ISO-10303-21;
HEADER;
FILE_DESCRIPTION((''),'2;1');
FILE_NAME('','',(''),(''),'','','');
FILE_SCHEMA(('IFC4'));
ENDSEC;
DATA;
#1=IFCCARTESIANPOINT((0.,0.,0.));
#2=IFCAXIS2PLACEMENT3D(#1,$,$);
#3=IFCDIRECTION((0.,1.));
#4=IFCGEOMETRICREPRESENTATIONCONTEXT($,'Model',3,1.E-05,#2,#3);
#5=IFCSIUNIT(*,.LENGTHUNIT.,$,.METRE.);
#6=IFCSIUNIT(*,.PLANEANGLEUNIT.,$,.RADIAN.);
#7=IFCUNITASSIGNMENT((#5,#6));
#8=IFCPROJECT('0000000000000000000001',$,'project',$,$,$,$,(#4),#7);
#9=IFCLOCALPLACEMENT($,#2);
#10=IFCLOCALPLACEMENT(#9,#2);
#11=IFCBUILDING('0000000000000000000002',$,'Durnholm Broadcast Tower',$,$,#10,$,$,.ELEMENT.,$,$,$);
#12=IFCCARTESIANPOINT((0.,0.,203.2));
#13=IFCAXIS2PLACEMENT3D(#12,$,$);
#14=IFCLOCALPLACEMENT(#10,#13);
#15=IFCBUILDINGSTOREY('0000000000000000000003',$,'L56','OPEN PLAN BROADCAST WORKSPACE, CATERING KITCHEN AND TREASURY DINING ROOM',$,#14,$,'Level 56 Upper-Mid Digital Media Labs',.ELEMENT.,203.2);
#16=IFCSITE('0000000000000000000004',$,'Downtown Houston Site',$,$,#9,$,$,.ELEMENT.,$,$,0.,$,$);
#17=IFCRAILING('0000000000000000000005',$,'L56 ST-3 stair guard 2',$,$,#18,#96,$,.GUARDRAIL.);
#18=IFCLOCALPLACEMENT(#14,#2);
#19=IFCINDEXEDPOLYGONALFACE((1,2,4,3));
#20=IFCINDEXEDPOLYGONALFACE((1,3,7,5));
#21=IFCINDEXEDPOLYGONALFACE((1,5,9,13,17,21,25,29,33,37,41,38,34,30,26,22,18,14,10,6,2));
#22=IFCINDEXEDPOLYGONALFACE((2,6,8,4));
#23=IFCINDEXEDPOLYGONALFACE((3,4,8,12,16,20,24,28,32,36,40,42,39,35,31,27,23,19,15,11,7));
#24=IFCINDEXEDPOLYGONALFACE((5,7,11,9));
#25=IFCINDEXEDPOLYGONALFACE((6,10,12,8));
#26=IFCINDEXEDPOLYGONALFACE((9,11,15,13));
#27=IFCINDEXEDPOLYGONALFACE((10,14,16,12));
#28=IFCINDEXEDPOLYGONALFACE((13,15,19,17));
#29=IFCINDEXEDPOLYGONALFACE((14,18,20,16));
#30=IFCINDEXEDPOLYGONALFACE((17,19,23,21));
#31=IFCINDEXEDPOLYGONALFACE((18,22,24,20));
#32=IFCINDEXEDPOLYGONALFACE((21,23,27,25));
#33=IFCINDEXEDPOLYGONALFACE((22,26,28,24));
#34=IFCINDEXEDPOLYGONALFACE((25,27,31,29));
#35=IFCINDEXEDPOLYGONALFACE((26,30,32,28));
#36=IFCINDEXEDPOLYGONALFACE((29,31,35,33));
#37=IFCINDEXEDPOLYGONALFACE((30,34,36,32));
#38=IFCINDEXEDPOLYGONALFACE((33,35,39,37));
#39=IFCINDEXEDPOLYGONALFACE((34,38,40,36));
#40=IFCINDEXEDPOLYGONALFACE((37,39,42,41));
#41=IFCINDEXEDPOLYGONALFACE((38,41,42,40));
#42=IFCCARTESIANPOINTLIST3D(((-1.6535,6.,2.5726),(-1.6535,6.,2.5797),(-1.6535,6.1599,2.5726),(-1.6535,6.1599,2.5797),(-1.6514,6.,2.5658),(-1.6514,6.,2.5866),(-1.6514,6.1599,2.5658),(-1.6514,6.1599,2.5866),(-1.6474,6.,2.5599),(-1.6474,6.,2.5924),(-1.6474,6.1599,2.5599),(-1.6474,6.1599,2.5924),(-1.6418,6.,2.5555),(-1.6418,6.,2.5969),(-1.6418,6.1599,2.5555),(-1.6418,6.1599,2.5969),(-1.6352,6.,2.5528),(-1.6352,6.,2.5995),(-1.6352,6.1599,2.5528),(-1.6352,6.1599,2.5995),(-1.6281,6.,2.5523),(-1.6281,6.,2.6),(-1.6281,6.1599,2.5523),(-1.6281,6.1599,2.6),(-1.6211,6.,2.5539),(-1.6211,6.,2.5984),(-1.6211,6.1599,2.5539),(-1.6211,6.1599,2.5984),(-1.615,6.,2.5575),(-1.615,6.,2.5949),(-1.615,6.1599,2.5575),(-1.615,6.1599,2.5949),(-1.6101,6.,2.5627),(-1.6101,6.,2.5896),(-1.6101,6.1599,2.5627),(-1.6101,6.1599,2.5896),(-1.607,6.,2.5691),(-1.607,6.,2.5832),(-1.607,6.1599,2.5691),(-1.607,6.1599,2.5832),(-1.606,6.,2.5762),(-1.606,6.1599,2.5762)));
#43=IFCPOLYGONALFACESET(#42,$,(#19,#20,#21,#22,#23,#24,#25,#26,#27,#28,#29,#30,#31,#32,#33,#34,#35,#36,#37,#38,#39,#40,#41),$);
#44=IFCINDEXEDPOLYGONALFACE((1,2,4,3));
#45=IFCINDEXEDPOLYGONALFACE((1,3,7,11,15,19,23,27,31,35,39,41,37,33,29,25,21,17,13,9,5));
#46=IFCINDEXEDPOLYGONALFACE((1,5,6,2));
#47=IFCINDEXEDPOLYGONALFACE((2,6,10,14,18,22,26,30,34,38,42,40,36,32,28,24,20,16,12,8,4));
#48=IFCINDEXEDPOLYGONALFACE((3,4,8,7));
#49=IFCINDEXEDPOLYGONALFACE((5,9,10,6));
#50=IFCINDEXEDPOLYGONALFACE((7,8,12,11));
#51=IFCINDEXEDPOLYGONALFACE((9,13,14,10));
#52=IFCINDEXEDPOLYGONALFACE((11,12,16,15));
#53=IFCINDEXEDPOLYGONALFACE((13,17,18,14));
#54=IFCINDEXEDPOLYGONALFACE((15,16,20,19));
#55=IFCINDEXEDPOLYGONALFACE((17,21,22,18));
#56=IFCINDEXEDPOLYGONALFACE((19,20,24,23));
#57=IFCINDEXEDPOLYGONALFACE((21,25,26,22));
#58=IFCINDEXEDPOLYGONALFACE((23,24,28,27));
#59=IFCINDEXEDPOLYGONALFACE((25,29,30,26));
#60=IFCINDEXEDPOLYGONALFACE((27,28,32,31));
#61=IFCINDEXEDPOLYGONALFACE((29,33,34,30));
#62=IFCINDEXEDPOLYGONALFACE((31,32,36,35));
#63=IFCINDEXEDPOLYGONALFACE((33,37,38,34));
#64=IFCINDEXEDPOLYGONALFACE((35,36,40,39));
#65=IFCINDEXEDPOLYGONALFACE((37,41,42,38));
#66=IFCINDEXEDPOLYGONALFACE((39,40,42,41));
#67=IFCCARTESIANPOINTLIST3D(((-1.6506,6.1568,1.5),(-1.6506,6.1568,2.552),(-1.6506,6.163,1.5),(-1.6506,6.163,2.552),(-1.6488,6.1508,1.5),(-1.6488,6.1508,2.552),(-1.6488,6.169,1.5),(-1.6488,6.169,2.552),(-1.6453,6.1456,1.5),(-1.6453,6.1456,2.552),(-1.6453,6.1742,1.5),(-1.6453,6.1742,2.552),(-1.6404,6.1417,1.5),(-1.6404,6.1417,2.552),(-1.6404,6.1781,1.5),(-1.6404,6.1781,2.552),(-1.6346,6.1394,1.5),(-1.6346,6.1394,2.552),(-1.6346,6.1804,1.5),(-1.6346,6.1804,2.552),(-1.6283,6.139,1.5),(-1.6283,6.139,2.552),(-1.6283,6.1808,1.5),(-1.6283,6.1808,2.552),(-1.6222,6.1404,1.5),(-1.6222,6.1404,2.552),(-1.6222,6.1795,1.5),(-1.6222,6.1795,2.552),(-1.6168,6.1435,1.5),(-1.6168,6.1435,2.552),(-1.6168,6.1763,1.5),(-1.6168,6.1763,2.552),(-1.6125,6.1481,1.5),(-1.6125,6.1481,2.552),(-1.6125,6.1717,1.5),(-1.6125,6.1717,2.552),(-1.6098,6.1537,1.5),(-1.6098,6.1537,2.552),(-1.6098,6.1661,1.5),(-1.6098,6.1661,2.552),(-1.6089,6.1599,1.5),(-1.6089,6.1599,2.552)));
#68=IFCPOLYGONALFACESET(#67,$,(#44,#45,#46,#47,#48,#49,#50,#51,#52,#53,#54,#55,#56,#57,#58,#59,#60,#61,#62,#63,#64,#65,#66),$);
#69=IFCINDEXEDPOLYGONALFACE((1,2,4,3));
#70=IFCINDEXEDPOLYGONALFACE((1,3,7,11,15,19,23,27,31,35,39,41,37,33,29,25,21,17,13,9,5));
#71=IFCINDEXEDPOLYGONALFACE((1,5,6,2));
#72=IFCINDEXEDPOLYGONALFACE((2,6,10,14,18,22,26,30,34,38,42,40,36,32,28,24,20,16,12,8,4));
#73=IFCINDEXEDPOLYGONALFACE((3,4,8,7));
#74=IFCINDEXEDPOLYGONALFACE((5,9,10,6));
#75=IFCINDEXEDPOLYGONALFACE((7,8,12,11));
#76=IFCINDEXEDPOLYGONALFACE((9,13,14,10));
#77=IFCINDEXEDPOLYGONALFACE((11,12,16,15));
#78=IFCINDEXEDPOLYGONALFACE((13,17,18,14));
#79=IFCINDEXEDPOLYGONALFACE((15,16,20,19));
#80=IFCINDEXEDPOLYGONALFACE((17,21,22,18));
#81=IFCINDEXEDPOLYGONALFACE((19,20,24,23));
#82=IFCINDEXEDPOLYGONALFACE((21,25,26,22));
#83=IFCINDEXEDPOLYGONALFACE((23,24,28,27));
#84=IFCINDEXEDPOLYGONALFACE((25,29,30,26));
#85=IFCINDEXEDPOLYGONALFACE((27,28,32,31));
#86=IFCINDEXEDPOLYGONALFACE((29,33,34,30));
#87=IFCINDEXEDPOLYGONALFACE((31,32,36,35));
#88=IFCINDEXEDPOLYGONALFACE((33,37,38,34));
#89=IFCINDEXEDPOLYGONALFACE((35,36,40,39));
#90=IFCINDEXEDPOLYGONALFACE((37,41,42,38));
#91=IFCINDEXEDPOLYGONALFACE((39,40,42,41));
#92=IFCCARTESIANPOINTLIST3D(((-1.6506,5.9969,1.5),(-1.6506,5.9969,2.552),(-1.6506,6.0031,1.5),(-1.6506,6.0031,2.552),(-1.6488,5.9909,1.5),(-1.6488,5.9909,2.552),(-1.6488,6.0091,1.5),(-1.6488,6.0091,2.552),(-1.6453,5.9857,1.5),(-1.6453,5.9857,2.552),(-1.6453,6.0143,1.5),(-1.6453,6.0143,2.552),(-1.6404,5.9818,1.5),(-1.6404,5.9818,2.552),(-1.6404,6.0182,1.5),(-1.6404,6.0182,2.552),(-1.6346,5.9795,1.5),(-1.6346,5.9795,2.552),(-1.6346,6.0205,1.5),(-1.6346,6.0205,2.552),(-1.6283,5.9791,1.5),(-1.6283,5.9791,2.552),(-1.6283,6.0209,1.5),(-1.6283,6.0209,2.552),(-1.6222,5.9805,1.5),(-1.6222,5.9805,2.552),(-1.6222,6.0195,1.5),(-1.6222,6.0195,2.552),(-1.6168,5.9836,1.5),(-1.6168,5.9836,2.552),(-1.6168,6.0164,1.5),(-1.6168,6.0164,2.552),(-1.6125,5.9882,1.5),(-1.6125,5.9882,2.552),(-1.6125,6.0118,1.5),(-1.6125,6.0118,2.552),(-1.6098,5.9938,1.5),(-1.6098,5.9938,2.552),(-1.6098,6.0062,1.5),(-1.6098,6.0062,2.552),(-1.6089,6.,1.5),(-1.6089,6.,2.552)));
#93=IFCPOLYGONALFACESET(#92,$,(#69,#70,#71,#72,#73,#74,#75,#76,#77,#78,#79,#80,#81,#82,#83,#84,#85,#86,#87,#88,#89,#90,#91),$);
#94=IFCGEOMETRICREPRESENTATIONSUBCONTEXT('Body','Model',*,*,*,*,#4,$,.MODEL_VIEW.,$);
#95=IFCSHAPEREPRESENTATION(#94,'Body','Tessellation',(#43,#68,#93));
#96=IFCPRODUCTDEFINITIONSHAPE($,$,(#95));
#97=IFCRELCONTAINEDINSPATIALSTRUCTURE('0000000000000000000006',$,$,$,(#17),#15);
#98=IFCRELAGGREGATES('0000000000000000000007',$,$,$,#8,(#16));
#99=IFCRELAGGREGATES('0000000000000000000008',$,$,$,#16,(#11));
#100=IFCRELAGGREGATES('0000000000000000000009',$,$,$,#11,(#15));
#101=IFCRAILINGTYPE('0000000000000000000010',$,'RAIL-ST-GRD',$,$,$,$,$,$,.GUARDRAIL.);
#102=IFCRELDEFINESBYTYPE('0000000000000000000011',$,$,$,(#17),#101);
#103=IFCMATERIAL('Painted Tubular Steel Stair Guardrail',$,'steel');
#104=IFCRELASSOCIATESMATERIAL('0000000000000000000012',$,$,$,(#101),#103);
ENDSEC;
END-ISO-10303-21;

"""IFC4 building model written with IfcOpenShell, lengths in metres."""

from ifc_helpers import new_model, si_unit, direction, frame, origin, origin_2d, place, context, subcontext, project, spatial, circle, extrude, material, type_object, element, save


model = new_model("IFC4")

# Units and contexts
model_context = context("Model", 3, precision=1e-05, world=origin(), true_north=direction((0.0, 1.0)))
body_context = subcontext(model_context, "Body", "Model", "MODEL_VIEW")
ifc_project = project(units=[si_unit("LENGTHUNIT", "METRE"), si_unit("PLANEANGLEUNIT", "RADIAN")], contexts=[model_context])

# Site, building, storey
site_placement = place(None, origin())
site = spatial("IfcSite", under=ifc_project, at=site_placement, Name="Downtown Houston Site", CompositionType="ELEMENT", RefElevation=0.0)
building_placement = place(site_placement, origin())
building = spatial("IfcBuilding", under=site, at=building_placement, Name="Durnholm Broadcast Tower", CompositionType="ELEMENT")
storey_placement = place(building_placement, frame((0.0, 0.0, 203.2)))
storey = spatial("IfcBuildingStorey", under=building, at=storey_placement, Name="L56", Description="OPEN PLAN BROADCAST WORKSPACE, CATERING KITCHEN AND TREASURY DINING ROOM", LongName="Level 56 Upper-Mid Digital Media Labs", CompositionType="ELEMENT", Elevation=203.2)

# Railing
ifc_material_1 = material(Name="Painted Tubular Steel Stair Guardrail", Category="steel")
railing_type_1 = type_object("IfcRailingType", Name="RAIL-ST-GRD", PredefinedType="GUARDRAIL", material=ifc_material_1)
railing_1_placement = place(storey_placement, frame((-1.6299, 6.1599, 1.5)))
element("IfcRailing", 1, at=railing_1_placement, inside=storey, type_object=railing_type_1, Name="L56 ST-3 stair guard 2", PredefinedType="GUARDRAIL", context=body_context, shape_type="SweptSolid", body=[
    extrude(circle(Radius=0.0239, at=origin_2d()), frame((0.0, 0.0, 1.0762), z_axis=(0.0, -1.0, 0.0), x_axis=(1.0, 0.0, 0.0)), (0.0, 0.0, 1.0), 0.1599),
    extrude(circle(Radius=0.021, at=origin_2d()), origin(), (0.0, 0.0, 1.0), 1.052),
    extrude(circle(Radius=0.021, at=origin_2d()), frame((0.0, -0.1599, 0.0)), (0.0, 0.0, 1.0), 1.052),
])

save(model, "model.ifc")
